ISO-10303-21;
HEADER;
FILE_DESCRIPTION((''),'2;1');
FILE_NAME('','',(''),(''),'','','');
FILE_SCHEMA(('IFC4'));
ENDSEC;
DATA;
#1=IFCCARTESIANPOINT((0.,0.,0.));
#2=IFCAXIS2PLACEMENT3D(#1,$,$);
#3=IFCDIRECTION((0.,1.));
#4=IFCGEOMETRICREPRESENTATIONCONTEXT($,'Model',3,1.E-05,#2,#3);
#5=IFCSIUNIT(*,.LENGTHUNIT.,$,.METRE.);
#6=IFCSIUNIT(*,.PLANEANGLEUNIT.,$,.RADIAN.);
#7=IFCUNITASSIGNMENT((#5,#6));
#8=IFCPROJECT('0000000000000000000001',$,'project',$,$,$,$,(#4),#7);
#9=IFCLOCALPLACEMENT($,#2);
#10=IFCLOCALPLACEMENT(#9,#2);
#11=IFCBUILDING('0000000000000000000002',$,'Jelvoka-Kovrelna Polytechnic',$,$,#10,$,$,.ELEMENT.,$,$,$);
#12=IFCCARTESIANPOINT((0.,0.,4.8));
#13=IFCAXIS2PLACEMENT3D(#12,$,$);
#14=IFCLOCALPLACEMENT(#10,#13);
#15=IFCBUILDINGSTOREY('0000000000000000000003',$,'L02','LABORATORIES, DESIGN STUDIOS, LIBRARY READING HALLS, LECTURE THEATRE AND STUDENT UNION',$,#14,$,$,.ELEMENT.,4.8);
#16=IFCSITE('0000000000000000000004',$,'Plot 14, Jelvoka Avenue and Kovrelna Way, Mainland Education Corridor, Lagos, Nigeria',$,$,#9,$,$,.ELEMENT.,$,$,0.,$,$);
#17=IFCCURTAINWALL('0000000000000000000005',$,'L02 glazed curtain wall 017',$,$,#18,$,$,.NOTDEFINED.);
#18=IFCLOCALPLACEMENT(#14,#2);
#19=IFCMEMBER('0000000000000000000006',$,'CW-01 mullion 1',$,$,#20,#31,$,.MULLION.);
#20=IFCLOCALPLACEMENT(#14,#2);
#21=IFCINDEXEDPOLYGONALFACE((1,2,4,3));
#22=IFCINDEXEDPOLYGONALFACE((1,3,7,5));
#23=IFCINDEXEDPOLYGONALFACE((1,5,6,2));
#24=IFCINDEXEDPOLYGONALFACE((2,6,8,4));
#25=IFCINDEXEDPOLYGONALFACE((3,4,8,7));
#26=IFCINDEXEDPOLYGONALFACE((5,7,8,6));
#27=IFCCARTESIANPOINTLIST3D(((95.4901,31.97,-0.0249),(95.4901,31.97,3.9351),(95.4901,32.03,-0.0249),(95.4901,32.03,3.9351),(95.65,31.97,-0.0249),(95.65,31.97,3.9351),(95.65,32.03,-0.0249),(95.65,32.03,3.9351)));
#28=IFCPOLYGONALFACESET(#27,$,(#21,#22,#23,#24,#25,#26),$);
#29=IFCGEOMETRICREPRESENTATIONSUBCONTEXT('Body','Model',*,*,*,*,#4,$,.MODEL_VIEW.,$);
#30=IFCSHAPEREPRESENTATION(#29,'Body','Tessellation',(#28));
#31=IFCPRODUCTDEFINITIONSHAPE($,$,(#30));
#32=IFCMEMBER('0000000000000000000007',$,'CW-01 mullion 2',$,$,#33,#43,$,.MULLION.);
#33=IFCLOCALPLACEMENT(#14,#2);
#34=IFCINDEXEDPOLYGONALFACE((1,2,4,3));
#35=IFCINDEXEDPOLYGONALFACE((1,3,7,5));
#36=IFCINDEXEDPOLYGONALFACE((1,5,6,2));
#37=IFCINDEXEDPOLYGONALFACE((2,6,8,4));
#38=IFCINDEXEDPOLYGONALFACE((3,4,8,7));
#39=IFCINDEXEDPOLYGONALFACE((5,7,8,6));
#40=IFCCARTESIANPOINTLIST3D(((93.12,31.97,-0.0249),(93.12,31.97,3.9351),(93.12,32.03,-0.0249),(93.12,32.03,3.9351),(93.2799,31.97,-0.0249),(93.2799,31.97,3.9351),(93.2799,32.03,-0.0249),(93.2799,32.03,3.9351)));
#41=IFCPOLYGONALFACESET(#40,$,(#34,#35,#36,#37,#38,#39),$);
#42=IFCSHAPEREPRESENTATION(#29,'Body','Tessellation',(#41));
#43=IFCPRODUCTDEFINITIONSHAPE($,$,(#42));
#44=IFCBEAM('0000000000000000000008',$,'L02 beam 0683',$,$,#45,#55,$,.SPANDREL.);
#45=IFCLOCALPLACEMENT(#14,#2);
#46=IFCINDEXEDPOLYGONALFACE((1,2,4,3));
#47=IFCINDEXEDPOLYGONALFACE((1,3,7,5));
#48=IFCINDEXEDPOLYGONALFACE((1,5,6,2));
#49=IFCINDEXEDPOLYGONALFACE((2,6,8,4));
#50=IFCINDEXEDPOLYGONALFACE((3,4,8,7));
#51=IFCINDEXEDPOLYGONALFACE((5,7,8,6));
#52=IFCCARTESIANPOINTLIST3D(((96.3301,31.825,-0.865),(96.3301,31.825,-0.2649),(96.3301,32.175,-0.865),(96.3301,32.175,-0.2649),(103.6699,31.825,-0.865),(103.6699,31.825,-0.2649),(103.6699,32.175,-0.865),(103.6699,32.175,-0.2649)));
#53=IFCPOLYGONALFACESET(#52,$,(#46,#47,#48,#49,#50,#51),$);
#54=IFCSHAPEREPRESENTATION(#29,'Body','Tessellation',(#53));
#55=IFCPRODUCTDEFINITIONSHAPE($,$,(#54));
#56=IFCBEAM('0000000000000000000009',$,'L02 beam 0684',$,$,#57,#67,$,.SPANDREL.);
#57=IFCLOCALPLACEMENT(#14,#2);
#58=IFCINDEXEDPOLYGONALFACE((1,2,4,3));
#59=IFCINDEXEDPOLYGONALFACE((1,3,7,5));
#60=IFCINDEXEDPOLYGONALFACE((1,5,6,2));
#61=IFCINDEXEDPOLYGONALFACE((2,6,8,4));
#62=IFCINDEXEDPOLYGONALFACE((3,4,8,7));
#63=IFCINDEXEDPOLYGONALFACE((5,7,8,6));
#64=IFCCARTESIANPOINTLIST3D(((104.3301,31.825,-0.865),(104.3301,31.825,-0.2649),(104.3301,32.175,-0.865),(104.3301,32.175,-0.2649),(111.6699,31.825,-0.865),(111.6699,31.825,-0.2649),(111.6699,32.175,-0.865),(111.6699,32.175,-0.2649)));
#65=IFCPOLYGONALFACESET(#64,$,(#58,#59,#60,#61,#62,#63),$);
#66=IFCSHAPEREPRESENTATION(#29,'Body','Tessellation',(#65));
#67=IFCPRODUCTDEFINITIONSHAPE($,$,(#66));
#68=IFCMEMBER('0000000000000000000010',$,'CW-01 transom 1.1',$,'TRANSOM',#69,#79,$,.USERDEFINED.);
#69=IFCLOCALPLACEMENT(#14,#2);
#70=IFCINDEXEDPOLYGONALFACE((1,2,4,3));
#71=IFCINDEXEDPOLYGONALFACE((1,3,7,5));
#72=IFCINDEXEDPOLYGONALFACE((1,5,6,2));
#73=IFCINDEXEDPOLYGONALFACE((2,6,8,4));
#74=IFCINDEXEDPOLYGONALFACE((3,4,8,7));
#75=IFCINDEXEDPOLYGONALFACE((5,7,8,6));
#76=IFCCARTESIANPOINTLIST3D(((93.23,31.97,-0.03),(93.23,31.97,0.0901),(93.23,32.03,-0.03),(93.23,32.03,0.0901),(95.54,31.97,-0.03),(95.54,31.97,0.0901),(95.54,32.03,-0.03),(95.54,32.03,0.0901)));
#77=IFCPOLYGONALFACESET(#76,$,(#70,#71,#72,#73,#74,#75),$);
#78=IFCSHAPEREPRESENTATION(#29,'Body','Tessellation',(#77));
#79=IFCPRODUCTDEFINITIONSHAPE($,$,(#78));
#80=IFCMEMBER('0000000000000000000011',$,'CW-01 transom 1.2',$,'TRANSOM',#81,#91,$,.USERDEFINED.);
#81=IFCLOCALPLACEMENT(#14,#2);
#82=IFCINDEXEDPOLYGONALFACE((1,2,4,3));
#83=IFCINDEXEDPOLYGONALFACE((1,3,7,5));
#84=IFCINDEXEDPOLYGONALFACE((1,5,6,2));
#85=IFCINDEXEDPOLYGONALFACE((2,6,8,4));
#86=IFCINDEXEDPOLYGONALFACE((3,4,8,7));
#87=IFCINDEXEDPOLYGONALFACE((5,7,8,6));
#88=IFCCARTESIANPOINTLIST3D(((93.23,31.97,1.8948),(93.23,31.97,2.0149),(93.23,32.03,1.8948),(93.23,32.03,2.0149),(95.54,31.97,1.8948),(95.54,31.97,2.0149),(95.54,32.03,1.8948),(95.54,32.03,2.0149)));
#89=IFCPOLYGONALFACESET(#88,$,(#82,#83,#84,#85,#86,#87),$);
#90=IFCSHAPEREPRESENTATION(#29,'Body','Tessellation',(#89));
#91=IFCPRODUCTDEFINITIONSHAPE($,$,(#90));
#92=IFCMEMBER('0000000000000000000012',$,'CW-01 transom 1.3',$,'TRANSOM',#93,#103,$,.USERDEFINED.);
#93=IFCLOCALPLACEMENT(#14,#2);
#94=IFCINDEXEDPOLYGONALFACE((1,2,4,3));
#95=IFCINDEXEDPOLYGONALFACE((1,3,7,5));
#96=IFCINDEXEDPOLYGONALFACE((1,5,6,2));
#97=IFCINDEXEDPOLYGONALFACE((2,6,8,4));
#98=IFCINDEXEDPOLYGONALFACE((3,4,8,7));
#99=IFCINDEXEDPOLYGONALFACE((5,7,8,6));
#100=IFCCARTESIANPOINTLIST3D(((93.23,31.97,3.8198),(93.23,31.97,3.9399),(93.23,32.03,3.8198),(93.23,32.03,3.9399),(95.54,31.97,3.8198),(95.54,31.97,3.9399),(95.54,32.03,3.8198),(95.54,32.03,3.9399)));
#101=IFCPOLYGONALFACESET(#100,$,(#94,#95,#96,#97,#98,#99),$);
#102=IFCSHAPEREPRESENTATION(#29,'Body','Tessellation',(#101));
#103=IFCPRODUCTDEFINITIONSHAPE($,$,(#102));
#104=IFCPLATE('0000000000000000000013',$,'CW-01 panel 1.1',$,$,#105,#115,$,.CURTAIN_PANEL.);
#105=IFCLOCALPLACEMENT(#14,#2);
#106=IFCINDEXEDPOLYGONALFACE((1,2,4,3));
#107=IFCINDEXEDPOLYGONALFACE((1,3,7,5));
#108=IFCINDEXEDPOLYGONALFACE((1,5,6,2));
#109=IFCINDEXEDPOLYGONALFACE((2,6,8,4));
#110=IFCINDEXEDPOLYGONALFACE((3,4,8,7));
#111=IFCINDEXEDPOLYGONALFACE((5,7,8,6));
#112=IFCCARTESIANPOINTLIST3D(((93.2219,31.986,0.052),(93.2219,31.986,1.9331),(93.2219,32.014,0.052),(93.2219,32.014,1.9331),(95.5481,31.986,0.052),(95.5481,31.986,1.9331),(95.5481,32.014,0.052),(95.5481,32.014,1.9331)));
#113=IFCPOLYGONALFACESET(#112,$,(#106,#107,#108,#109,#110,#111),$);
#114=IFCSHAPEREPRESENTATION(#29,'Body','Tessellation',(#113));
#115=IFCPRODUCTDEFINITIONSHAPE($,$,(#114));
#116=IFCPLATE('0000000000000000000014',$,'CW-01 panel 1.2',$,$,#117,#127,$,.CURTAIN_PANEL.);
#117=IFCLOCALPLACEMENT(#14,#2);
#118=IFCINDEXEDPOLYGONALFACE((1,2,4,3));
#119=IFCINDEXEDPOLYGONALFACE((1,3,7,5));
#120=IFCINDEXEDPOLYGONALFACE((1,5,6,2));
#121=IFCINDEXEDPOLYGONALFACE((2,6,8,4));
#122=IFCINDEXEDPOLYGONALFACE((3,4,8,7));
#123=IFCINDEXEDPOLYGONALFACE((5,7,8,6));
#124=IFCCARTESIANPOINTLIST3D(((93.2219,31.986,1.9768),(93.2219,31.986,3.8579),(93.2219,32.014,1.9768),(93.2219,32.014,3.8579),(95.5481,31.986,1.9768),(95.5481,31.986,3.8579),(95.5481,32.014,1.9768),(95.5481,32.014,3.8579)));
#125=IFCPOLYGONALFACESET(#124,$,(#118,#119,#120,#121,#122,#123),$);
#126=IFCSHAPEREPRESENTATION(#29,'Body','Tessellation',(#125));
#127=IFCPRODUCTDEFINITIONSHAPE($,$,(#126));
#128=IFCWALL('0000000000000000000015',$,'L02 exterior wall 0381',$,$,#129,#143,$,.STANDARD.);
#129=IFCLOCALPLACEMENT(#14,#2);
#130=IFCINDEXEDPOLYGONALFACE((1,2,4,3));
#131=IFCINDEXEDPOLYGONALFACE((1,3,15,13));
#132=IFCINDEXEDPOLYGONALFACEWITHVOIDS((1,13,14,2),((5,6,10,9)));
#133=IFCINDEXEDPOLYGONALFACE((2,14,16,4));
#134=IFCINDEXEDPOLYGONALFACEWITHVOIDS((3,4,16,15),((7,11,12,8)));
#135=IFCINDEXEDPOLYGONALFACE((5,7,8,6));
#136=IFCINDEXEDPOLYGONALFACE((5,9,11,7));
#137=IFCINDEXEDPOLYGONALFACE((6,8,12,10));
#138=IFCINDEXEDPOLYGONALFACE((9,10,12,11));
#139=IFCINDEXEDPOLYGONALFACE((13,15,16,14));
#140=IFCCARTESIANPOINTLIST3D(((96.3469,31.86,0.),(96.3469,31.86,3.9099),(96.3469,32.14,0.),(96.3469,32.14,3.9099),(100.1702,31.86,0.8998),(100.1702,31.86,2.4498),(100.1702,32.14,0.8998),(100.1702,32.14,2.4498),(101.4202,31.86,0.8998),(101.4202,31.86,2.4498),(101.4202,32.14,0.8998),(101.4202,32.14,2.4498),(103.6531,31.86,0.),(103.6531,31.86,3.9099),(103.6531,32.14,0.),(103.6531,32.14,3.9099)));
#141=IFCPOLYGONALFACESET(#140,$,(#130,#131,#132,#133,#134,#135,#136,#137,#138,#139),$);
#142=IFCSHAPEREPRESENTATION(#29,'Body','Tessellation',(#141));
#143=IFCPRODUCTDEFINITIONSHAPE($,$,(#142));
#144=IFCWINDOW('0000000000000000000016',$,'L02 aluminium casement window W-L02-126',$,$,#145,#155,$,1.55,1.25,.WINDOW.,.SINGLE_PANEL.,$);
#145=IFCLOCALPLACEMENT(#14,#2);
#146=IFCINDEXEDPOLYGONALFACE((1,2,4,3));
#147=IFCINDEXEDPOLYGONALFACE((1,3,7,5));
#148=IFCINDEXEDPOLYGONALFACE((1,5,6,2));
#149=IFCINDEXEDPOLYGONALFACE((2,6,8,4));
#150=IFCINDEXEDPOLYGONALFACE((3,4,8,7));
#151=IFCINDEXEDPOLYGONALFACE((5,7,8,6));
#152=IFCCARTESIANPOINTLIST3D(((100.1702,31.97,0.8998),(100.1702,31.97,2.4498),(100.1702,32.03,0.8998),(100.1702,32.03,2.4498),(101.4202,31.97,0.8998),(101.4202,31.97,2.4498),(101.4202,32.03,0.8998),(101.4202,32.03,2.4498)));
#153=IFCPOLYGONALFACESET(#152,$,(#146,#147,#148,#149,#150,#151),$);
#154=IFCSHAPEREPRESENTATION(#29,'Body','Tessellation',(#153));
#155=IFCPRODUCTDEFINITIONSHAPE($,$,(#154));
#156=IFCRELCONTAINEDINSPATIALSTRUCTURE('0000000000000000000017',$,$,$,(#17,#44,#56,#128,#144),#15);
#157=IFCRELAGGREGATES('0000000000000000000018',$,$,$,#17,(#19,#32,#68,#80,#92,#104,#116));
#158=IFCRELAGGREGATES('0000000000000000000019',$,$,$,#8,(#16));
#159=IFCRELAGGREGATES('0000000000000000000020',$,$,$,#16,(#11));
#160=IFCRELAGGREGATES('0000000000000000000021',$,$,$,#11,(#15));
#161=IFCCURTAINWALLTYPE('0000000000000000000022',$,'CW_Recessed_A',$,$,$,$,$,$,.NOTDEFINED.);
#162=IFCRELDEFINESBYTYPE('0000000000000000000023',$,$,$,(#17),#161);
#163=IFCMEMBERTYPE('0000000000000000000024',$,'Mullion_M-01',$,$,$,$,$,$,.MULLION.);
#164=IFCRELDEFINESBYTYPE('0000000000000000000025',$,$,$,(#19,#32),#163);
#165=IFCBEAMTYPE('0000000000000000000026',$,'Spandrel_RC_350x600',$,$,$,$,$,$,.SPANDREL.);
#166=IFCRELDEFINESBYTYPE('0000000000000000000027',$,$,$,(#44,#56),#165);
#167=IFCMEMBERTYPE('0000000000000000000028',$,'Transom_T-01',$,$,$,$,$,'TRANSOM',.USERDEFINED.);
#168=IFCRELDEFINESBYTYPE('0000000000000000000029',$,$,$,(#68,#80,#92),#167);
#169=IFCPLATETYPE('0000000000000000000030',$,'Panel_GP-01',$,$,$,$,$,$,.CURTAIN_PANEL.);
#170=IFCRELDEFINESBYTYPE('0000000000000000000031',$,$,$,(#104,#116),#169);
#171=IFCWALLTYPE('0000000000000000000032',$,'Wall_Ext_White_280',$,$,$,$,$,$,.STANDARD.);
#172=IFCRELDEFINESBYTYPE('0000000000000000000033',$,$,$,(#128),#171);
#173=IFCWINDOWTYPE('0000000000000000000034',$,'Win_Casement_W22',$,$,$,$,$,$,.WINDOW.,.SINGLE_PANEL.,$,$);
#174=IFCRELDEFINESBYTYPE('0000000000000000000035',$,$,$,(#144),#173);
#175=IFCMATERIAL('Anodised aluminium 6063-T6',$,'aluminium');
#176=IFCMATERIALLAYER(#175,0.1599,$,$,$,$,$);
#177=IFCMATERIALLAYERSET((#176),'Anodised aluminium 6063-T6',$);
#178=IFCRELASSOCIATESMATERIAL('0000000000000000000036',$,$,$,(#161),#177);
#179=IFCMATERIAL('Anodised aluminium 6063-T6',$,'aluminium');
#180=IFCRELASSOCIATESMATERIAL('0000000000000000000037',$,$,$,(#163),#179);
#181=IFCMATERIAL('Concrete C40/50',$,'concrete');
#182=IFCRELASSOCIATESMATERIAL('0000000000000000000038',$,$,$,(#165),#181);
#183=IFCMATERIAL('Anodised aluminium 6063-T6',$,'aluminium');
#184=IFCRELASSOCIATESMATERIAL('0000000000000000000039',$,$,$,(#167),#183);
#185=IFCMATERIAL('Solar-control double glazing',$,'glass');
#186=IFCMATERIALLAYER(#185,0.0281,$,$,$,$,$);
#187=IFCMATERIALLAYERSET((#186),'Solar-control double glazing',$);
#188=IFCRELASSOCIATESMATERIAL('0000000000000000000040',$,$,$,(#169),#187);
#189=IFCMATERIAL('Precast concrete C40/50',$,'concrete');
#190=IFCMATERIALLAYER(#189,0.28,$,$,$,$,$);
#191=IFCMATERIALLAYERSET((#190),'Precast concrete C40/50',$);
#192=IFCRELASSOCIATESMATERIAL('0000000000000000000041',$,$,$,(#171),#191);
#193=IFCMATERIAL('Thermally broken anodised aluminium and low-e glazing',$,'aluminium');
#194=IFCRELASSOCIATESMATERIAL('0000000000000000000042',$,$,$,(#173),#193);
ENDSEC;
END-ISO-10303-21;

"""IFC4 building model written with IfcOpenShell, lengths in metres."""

from ifc_helpers import new_model, si_unit, direction, frame, frame_2d, origin, origin_2d, place, context, subcontext, project, spatial, rectangle, extrude, material, layer, layer_set, material_profile, profile_set, type_object, element, fill, aggregate, save


model = new_model("IFC4")

# Units and contexts
model_context = context("Model", 3, precision=1e-05, world=origin(), true_north=direction((0.0, 1.0)))
body_context = subcontext(model_context, "Body", "Model", "MODEL_VIEW")
ifc_project = project(units=[si_unit("LENGTHUNIT", "METRE"), si_unit("PLANEANGLEUNIT", "RADIAN")], contexts=[model_context])

# Site, building, storey
site_placement = place(None, origin())
site = spatial("IfcSite", under=ifc_project, at=site_placement, Name="Plot 14, Jelvoka Avenue and Kovrelna Way, Mainland Education Corridor, Lagos, Nigeria", CompositionType="ELEMENT", RefElevation=0.0)
building_placement = place(site_placement, origin())
building = spatial("IfcBuilding", under=site, at=building_placement, Name="Jelvoka-Kovrelna Polytechnic", CompositionType="ELEMENT")
storey_placement = place(building_placement, frame((0.0, 0.0, 4.8)))
storey = spatial("IfcBuildingStorey", under=building, at=storey_placement, Name="L02", Description="LABORATORIES, DESIGN STUDIOS, LIBRARY READING HALLS, LECTURE THEATRE AND STUDENT UNION", CompositionType="ELEMENT", Elevation=4.8)

# Curtain wall, members
ifc_material_1 = material(Name="Anodised aluminium 6063-T6", Category="aluminium")
ifc_layer_1 = layer(ifc_material_1, 0.1599)
ifc_layer_set_1 = layer_set([ifc_layer_1], Name="Anodised aluminium 6063-T6")
curtain_wall_type = type_object("IfcCurtainWallType", Name="CW_Recessed_A", PredefinedType="NOTDEFINED", material=ifc_layer_set_1)
curtain_wall_placement = place(storey_placement, origin())
curtain_wall = element("IfcCurtainWall", 1, at=curtain_wall_placement, inside=storey, type_object=curtain_wall_type, Name="L02 glazed curtain wall 017", PredefinedType="NOTDEFINED")
ifc_material_2 = material(Name="Anodised aluminium 6063-T6", Category="aluminium")
ifc_material_profile_1 = material_profile(ifc_material_2, rectangle(XDim=0.0601, YDim=0.1599, at=origin_2d()), Name="ALU 60x160")
ifc_profile_set_1 = profile_set([ifc_material_profile_1], Name="Anodised aluminium 6063-T6")
member_type_1 = type_object("IfcMemberType", Name="Mullion_M-01", PredefinedType="MULLION", material=ifc_profile_set_1)
member_1_placement = place(storey_placement, frame((95.5701, 32.0, -0.0249), z_axis=(0.0, 0.0, 1.0), x_axis=(0.0, -1.0, 0.0)))
member_1 = element("IfcMember", 2, at=member_1_placement, type_object=member_type_1, Name="CW-01 mullion 1", PredefinedType="MULLION", context=body_context, shape_type="SweptSolid", body=[
    extrude(rectangle(XDim=0.0601, YDim=0.1599, at=origin_2d()), origin(), (0.0, 0.0, 1.0), 3.96),
])
member_2_placement = place(storey_placement, frame((93.2, 32.0, -0.0249), z_axis=(0.0, 0.0, 1.0), x_axis=(0.0, -1.0, 0.0)))
member_2 = element("IfcMember", 3, at=member_2_placement, type_object=member_type_1, Name="CW-01 mullion 2", PredefinedType="MULLION", context=body_context, shape_type="SweptSolid", body=[
    extrude(rectangle(XDim=0.0601, YDim=0.1599, at=origin_2d()), origin(), (0.0, 0.0, 1.0), 3.96),
])

# Beams
ifc_material_3 = material(Name="Concrete C40/50", Category="concrete")
ifc_material_profile_2 = material_profile(ifc_material_3, rectangle(XDim=0.3501, YDim=0.6001, at=origin_2d()), Name="RC 350x600")
ifc_profile_set_2 = profile_set([ifc_material_profile_2], Name="Concrete C40/50")
beam_type_1 = type_object("IfcBeamType", Name="Spandrel_RC_350x600", PredefinedType="SPANDREL", material=ifc_profile_set_2)
for number, where, z_axis, x_axis, name in (
    (4, (96.3301, 32.0, -0.5649), (1.0, 0.0, 0.0), (0.0, 1.0, 0.0), "L02 beam 0683"),
    (5, (104.3301, 32.0, -0.5649), (1.0, 0.0, 0.0), (0.0, 1.0, 0.0), "L02 beam 0684"),
):
    element("IfcBeam", number, at=place(storey_placement, frame(where, z_axis=z_axis, x_axis=x_axis)), inside=storey, type_object=beam_type_1, Name=name, PredefinedType="SPANDREL", context=body_context, shape_type="SweptSolid", body=[
        extrude(rectangle(XDim=0.3501, YDim=0.6001, at=origin_2d()), origin(), (0.0, 0.0, 1.0), 7.3398),
    ])

# Members
ifc_material_4 = material(Name="Anodised aluminium 6063-T6", Category="aluminium")
ifc_material_profile_3 = material_profile(ifc_material_4, rectangle(XDim=0.0601, YDim=0.1201, at=origin_2d()), Name="ALU 60x120")
ifc_profile_set_3 = profile_set([ifc_material_profile_3], Name="Anodised aluminium 6063-T6")
member_type_2 = type_object("IfcMemberType", Name="Transom_T-01", ElementType="TRANSOM", PredefinedType="USERDEFINED", material=ifc_profile_set_3)
member_3_placement = place(storey_placement, frame((95.54, 32.0, 0.03), z_axis=(-1.0, 0.0, 0.0), x_axis=(0.0, -1.0, 0.0)))
member_3 = element("IfcMember", 6, at=member_3_placement, type_object=member_type_2, Name="CW-01 transom 1.1", ObjectType="TRANSOM", PredefinedType="USERDEFINED", context=body_context, shape_type="SweptSolid", body=[
    extrude(rectangle(XDim=0.0601, YDim=0.1201, at=origin_2d()), origin(), (0.0, 0.0, 1.0), 2.3101),
])
member_4_placement = place(storey_placement, frame((95.54, 32.0, 1.9548), z_axis=(-1.0, 0.0, 0.0), x_axis=(0.0, -1.0, 0.0)))
member_4 = element("IfcMember", 7, at=member_4_placement, type_object=member_type_2, Name="CW-01 transom 1.2", ObjectType="TRANSOM", PredefinedType="USERDEFINED", context=body_context, shape_type="SweptSolid", body=[
    extrude(rectangle(XDim=0.0601, YDim=0.1201, at=origin_2d()), origin(), (0.0, 0.0, 1.0), 2.3101),
])
member_5_placement = place(storey_placement, frame((95.54, 32.0, 3.8799), z_axis=(-1.0, 0.0, 0.0), x_axis=(0.0, -1.0, 0.0)))
member_5 = element("IfcMember", 8, at=member_5_placement, type_object=member_type_2, Name="CW-01 transom 1.3", ObjectType="TRANSOM", PredefinedType="USERDEFINED", context=body_context, shape_type="SweptSolid", body=[
    extrude(rectangle(XDim=0.0601, YDim=0.1201, at=origin_2d()), origin(), (0.0, 0.0, 1.0), 2.3101),
])

# Plates
ifc_material_5 = material(Name="Solar-control double glazing", Category="glass")
ifc_layer_2 = layer(ifc_material_5, 0.0281)
ifc_layer_set_2 = layer_set([ifc_layer_2], Name="Solar-control double glazing")
plate_type = type_object("IfcPlateType", Name="Panel_GP-01", PredefinedType="CURTAIN_PANEL", material=ifc_layer_set_2)
plate_1_placement = place(storey_placement, frame((94.385, 32.0, 0.052), z_axis=(0.0, 0.0, 1.0), x_axis=(-1.0, 0.0, 0.0)))
plate_1 = element("IfcPlate", 9, at=plate_1_placement, type_object=plate_type, Name="CW-01 panel 1.1", PredefinedType="CURTAIN_PANEL", context=body_context, shape_type="SweptSolid", body=[
    extrude(rectangle(XDim=2.3262, YDim=0.0281, at=origin_2d()), origin(), (0.0, 0.0, 1.0), 1.8811),
])
plate_2_placement = place(storey_placement, frame((94.385, 32.0, 1.9768), z_axis=(0.0, 0.0, 1.0), x_axis=(-1.0, 0.0, 0.0)))
plate_2 = element("IfcPlate", 10, at=plate_2_placement, type_object=plate_type, Name="CW-01 panel 1.2", PredefinedType="CURTAIN_PANEL", context=body_context, shape_type="SweptSolid", body=[
    extrude(rectangle(XDim=2.3262, YDim=0.0281, at=origin_2d()), origin(), (0.0, 0.0, 1.0), 1.8811),
])
aggregate(curtain_wall, [member_1, member_2, member_3, member_4, member_5, plate_1, plate_2])

# Wall, opening, window
ifc_material_6 = material(Name="Precast concrete C40/50", Category="concrete")
ifc_layer_3 = layer(ifc_material_6, 0.28)
ifc_layer_set_3 = layer_set([ifc_layer_3], Name="Precast concrete C40/50")
wall_type = type_object("IfcWallType", Name="Wall_Ext_White_280", PredefinedType="STANDARD", material=ifc_layer_set_3)
wall_placement = place(storey_placement, frame((103.6531, 32.0, 0.0), z_axis=(0.0, 0.0, 1.0), x_axis=(-1.0, 0.0, 0.0)))
wall = element("IfcWall", 11, at=wall_placement, inside=storey, type_object=wall_type, Name="L02 exterior wall 0381", PredefinedType="STANDARD", context=body_context, shape_type="SweptSolid", body=[
    extrude(rectangle(XDim=7.3062, YDim=0.28, at=frame_2d((3.6531, 0.0))), origin(), (0.0, 0.0, 1.0), 3.9099),
])
opening_placement = place(wall_placement, frame((2.2329, 0.0, 0.8999)))
opening = element("IfcOpeningElement", 12, at=opening_placement, cuts=wall, PredefinedType="OPENING", context=body_context, shape_type="SweptSolid", body=[
    extrude(rectangle(XDim=1.25, YDim=1.55, at=frame_2d((0.625, 0.7749))), frame((0.0, 0.1501, 0.0), z_axis=(0.0, -1.0, 0.0), x_axis=(1.0, 0.0, 0.0)), (0.0, 0.0, 1.0), 0.3),
])
ifc_material_7 = material(Name="Thermally broken anodised aluminium and low-e glazing", Category="aluminium")
window_type = type_object("IfcWindowType", Name="Win_Casement_W22", PartitioningType="SINGLE_PANEL", PredefinedType="WINDOW", material=ifc_material_7)
window_placement = place(opening_placement, origin())
window = element("IfcWindow", 13, at=window_placement, inside=storey, type_object=window_type, Name="L02 aluminium casement window W-L02-126", OverallHeight=1.55, OverallWidth=1.25, PartitioningType="SINGLE_PANEL", PredefinedType="WINDOW", context=body_context, shape_type="SweptSolid", body=[
    extrude(rectangle(XDim=1.25, YDim=1.55, at=frame_2d((0.625, 0.7749))), frame((0.0, 0.03, 0.0), z_axis=(0.0, -1.0, 0.0), x_axis=(1.0, 0.0, 0.0)), (0.0, 0.0, 1.0), 0.0601),
])
fill(opening, window)

save(model, "model.ifc")
